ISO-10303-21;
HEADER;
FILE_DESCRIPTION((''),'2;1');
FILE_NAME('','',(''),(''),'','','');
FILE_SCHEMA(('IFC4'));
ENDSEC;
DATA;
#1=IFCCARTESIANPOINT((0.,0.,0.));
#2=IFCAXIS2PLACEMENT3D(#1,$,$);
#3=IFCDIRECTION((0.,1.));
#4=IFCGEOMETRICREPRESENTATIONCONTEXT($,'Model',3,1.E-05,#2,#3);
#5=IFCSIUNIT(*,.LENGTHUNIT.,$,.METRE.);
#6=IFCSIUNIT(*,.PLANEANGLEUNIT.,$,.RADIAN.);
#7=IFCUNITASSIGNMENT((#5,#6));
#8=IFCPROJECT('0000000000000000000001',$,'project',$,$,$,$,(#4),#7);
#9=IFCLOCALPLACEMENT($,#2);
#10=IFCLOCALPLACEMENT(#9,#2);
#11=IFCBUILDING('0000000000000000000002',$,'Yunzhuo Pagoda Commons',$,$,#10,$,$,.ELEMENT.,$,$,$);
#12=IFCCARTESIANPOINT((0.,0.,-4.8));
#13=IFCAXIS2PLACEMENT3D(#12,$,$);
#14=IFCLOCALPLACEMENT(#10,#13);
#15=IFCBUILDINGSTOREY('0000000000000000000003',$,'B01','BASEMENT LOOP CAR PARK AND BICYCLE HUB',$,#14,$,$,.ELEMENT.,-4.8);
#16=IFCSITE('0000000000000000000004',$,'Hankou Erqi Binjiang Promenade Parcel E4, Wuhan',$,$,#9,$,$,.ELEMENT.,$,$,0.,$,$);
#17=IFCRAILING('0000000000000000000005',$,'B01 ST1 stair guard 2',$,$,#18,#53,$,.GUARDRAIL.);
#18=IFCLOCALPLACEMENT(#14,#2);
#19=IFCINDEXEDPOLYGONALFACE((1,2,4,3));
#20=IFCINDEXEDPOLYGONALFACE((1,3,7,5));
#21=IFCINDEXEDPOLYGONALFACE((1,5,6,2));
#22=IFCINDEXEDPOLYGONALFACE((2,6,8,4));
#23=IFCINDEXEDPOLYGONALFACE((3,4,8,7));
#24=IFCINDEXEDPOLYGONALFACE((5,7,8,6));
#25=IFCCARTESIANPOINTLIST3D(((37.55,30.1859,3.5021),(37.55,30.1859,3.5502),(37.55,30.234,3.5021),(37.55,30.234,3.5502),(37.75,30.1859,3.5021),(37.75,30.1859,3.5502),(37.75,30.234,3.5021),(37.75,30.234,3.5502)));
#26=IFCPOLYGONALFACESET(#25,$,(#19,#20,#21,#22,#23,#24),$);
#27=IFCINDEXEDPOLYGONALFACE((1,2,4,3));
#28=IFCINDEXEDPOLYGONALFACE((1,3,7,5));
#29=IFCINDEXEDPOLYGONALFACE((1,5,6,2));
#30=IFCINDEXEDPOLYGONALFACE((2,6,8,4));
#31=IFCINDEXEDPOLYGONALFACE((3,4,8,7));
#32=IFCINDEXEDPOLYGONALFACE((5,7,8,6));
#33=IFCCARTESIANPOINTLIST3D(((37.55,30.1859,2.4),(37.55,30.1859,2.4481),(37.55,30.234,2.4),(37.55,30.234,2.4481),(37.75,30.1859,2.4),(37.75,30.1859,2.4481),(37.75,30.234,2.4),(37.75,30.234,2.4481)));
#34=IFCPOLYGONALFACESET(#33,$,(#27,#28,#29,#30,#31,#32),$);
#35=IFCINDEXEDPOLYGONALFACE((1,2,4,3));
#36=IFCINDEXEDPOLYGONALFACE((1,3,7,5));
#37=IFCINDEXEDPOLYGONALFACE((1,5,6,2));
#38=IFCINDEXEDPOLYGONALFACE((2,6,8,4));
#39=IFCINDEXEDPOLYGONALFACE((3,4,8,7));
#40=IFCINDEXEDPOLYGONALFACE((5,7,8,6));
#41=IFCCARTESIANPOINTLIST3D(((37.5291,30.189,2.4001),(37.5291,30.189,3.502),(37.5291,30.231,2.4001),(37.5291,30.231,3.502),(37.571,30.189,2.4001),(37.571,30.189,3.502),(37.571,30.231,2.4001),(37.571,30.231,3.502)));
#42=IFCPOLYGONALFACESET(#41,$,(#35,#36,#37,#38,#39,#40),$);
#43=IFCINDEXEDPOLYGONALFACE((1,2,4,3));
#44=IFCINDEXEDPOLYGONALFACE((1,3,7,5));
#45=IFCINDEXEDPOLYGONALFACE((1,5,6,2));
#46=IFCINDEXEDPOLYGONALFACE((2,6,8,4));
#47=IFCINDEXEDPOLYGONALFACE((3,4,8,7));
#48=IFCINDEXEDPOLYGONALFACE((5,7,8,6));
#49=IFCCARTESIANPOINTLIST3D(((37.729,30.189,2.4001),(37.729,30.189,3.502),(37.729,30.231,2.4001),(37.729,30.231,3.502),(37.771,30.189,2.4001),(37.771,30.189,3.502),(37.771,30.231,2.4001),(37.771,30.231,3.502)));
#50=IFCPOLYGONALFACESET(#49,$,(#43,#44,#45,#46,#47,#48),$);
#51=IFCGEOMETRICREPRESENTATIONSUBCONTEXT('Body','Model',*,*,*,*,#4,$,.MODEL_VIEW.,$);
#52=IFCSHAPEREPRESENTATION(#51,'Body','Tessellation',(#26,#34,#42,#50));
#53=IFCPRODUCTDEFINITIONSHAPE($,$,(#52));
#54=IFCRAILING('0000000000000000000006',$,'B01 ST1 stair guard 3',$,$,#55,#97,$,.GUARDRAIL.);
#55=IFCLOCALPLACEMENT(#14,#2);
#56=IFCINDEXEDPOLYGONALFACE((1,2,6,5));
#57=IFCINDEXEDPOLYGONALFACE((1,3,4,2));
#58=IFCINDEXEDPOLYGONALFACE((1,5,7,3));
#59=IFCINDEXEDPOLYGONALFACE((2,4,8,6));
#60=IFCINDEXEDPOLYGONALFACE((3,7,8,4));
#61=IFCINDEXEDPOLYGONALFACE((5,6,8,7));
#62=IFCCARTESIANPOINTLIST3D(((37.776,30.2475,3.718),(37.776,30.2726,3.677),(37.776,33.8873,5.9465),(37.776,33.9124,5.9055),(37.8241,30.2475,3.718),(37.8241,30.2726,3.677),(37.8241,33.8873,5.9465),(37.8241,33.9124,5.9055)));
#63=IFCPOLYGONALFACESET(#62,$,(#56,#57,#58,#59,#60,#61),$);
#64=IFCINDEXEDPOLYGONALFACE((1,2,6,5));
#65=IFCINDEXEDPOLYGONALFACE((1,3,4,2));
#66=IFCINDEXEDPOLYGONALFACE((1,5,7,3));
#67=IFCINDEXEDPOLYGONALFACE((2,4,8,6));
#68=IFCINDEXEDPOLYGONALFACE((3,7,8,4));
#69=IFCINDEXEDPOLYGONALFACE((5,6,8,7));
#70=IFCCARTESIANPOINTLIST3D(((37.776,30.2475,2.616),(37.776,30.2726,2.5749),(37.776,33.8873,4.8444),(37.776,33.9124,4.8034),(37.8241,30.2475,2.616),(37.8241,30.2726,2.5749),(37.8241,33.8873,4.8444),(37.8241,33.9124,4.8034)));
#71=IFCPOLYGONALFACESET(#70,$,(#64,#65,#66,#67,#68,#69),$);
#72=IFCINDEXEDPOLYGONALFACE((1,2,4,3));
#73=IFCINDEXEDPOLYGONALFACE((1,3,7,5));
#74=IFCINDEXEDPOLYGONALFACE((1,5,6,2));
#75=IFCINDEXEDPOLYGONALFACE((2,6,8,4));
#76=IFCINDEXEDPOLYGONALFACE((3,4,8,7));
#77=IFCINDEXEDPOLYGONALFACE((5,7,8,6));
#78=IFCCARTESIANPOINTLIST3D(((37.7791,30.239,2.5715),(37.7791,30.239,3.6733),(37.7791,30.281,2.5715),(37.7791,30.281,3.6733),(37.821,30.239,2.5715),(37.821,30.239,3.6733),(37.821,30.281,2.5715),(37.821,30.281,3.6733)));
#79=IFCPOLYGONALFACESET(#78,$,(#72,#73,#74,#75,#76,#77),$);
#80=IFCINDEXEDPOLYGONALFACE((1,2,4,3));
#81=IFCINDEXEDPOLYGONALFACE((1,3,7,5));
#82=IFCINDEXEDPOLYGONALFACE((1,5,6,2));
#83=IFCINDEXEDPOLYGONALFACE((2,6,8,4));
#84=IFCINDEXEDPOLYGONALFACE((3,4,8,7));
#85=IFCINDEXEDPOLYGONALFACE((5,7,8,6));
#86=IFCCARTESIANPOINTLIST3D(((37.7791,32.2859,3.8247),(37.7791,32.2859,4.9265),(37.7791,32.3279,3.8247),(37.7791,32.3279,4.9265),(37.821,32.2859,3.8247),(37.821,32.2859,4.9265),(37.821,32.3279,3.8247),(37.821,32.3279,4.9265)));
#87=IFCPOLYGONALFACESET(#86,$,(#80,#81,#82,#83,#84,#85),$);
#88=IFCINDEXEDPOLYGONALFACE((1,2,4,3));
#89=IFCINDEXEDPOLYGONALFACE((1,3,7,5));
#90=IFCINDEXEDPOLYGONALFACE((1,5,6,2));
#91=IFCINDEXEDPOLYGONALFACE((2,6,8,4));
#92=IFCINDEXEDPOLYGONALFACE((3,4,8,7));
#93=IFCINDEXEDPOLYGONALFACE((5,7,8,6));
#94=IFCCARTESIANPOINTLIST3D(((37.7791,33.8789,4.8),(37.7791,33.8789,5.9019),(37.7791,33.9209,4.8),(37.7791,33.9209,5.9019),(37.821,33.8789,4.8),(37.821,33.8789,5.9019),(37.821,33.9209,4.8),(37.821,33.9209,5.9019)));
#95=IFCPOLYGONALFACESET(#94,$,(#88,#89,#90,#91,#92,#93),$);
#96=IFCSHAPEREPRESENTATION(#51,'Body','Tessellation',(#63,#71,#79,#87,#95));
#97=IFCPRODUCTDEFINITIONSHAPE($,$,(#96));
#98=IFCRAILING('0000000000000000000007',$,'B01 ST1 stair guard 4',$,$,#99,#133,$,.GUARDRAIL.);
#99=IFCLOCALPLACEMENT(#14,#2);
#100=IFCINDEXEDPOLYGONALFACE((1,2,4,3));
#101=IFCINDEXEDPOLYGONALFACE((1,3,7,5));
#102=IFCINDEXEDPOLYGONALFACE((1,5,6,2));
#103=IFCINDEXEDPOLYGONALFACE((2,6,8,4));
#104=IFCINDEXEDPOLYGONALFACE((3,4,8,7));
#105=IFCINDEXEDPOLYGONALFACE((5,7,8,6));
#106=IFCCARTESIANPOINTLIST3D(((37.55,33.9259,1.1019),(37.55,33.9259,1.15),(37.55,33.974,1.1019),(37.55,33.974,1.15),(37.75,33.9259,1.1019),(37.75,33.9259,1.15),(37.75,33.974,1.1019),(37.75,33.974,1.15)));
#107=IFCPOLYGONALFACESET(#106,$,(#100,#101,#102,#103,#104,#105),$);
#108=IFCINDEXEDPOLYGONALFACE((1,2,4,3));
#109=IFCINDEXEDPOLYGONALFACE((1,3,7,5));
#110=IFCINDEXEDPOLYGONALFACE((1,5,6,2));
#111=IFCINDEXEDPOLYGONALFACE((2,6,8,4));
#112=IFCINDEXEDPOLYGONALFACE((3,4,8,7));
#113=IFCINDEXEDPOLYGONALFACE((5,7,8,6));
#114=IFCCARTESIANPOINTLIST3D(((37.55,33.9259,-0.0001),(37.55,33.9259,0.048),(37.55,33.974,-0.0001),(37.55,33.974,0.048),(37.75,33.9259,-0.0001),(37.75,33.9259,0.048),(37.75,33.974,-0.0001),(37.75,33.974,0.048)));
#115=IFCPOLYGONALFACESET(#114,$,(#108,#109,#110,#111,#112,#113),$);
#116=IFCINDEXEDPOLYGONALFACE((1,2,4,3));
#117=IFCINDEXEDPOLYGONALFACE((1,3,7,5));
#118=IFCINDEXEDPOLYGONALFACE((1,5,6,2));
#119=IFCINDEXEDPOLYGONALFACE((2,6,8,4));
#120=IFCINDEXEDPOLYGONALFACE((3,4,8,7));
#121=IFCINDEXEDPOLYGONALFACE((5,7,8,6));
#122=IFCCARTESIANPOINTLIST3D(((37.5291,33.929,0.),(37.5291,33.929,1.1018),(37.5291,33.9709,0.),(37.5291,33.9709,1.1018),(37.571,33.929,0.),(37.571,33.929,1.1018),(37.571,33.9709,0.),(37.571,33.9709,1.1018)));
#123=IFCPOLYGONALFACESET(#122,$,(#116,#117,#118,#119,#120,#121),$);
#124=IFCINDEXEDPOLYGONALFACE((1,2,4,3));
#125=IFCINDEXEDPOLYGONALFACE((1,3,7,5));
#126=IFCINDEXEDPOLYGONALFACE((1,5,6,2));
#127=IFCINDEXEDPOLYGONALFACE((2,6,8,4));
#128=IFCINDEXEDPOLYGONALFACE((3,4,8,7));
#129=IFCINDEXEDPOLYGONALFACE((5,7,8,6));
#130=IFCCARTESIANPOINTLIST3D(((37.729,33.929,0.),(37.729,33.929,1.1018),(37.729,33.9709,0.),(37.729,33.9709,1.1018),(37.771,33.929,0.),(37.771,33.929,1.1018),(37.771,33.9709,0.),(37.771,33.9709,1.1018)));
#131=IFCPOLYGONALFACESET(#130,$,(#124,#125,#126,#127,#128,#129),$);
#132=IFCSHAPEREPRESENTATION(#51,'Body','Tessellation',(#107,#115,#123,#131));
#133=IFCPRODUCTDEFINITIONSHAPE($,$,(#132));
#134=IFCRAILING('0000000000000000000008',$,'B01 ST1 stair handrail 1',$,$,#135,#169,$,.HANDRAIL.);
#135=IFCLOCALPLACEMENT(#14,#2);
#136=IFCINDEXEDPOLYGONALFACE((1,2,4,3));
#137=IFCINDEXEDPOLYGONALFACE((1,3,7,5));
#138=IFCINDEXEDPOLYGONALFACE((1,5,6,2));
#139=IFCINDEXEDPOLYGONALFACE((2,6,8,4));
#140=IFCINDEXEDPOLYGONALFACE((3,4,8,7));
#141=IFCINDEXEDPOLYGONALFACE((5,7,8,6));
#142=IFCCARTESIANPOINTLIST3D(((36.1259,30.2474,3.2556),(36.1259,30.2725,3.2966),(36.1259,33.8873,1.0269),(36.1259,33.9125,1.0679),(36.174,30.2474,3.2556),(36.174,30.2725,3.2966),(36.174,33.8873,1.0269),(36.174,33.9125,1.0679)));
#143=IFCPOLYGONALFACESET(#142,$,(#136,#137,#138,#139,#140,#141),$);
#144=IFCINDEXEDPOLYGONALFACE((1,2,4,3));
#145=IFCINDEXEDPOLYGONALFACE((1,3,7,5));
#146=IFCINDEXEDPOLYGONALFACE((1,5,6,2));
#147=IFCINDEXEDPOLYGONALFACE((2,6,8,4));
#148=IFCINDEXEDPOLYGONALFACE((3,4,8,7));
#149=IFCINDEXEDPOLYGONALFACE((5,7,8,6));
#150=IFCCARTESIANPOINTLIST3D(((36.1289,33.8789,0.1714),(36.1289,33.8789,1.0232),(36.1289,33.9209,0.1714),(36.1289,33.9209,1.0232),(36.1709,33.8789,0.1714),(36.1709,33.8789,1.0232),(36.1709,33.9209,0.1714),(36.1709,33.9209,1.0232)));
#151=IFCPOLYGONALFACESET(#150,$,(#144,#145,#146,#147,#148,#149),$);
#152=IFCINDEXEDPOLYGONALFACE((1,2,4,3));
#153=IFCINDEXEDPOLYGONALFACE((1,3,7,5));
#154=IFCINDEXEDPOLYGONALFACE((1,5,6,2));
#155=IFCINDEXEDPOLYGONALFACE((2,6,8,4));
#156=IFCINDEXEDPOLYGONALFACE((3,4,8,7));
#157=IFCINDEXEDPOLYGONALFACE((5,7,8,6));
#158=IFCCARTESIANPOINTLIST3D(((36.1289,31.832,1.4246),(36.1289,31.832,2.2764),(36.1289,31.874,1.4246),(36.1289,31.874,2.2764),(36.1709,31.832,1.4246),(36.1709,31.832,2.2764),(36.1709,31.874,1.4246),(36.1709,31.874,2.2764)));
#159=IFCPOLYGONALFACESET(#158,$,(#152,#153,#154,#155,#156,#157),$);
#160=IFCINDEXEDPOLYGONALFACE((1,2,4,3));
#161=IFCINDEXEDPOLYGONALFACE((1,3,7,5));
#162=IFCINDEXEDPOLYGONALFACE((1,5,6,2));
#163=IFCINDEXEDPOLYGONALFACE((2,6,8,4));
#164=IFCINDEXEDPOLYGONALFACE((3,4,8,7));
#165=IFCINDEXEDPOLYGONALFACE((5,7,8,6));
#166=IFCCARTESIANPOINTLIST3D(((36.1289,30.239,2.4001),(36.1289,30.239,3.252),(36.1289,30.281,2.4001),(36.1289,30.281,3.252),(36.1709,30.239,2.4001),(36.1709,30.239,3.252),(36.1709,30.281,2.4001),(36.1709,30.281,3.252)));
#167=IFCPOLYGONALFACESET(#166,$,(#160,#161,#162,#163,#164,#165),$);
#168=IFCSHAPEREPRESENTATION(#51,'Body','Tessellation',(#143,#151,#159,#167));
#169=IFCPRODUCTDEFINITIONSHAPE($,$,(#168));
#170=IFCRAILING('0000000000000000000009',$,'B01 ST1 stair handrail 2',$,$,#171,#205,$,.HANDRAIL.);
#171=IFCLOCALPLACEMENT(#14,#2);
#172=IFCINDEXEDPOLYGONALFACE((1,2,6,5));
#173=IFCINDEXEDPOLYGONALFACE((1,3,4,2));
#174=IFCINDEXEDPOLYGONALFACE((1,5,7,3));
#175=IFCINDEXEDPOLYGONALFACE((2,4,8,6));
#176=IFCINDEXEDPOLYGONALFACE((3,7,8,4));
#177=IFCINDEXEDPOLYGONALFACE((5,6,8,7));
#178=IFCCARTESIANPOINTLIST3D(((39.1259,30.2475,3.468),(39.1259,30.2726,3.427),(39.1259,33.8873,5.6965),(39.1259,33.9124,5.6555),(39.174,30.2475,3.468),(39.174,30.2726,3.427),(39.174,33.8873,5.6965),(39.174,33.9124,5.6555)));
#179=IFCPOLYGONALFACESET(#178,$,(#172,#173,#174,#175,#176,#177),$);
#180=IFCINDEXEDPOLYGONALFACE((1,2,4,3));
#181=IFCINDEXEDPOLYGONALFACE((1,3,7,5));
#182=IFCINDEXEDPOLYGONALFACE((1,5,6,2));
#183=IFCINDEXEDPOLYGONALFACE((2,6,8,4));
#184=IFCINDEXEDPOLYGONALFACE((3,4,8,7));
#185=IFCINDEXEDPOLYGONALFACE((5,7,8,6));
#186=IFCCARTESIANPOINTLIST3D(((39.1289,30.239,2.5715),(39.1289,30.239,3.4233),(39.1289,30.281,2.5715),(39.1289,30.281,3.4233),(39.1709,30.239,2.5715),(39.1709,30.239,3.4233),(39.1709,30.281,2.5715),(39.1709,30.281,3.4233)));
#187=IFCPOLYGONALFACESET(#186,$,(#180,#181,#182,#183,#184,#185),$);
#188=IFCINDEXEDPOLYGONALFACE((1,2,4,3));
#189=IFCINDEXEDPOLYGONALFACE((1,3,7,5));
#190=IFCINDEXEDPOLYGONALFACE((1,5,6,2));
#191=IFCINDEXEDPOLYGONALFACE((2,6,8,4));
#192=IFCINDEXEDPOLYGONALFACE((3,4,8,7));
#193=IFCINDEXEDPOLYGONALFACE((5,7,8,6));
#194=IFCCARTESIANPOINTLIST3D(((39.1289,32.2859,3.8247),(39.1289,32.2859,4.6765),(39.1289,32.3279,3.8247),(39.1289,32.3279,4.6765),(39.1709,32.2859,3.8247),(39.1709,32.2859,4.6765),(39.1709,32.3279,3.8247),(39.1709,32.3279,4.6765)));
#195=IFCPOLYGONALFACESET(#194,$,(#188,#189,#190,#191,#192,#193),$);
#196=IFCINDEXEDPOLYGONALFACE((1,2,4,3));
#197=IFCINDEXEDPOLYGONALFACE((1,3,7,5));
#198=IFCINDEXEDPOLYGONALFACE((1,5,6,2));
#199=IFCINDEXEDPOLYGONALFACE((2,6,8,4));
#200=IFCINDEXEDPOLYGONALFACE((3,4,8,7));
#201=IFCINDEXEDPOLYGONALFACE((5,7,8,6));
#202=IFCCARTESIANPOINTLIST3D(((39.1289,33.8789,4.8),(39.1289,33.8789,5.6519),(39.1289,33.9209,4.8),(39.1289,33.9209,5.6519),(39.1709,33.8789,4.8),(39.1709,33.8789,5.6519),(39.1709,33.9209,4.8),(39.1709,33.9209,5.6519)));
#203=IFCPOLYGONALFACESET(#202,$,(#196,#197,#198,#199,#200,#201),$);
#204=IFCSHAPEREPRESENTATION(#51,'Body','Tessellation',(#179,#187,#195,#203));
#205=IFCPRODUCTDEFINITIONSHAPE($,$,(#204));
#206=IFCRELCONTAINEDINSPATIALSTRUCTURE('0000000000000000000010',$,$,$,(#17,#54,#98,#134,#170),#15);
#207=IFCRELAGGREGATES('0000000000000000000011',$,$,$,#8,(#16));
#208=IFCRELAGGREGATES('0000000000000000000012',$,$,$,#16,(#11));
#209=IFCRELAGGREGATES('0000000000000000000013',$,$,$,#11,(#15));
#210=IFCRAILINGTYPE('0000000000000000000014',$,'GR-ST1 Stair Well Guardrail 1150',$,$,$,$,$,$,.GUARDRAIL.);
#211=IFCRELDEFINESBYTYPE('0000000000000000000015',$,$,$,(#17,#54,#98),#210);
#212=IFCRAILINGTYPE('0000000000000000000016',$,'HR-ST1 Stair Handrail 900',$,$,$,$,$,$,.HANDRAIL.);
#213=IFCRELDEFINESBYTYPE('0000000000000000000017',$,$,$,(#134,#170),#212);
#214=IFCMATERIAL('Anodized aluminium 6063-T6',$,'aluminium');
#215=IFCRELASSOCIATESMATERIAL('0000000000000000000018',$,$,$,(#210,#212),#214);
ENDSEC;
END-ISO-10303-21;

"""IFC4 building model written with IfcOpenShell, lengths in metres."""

from ifc_helpers import new_model, si_unit, direction, frame, origin, origin_2d, place, context, subcontext, project, spatial, rectangle, extrude, material, type_object, element, save


model = new_model("IFC4")

# Units and contexts
model_context = context("Model", 3, precision=1e-05, world=origin(), true_north=direction((0.0, 1.0)))
body_context = subcontext(model_context, "Body", "Model", "MODEL_VIEW")
ifc_project = project(units=[si_unit("LENGTHUNIT", "METRE"), si_unit("PLANEANGLEUNIT", "RADIAN")], contexts=[model_context])

# Site, building, storey
site_placement = place(None, origin())
site = spatial("IfcSite", under=ifc_project, at=site_placement, Name="Hankou Erqi Binjiang Promenade Parcel E4, Wuhan", CompositionType="ELEMENT", RefElevation=0.0)
building_placement = place(site_placement, origin())
building = spatial("IfcBuilding", under=site, at=building_placement, Name="Yunzhuo Pagoda Commons", CompositionType="ELEMENT")
storey_placement = place(building_placement, frame((0.0, 0.0, -4.8)))
storey = spatial("IfcBuildingStorey", under=building, at=storey_placement, Name="B01", Description="BASEMENT LOOP CAR PARK AND BICYCLE HUB", CompositionType="ELEMENT", Elevation=-4.8)

# Railings
ifc_material_1 = material(Name="Anodized aluminium 6063-T6", Category="aluminium")
railing_type_1 = type_object("IfcRailingType", Name="GR-ST1 Stair Well Guardrail 1150", PredefinedType="GUARDRAIL", material=ifc_material_1)
railing_1_placement = place(storey_placement, frame((37.55, 30.21, 2.4001)))
element("IfcRailing", 1, at=railing_1_placement, inside=storey, type_object=railing_type_1, Name="B01 ST1 stair guard 2", PredefinedType="GUARDRAIL", context=body_context, shape_type="SweptSolid", body=[
    extrude(rectangle(XDim=0.0481, YDim=0.0481, at=origin_2d()), frame((0.0, 0.0, 1.126), z_axis=(1.0, 0.0, 0.0), x_axis=(0.0, 1.0, 0.0)), (0.0, 0.0, 1.0), 0.2),
    extrude(rectangle(XDim=0.0481, YDim=0.0481, at=origin_2d()), frame((0.0, 0.0, 0.0239), z_axis=(1.0, 0.0, 0.0), x_axis=(0.0, 1.0, 0.0)), (0.0, 0.0, 1.0), 0.2),
    extrude(rectangle(XDim=0.042, YDim=0.042, at=origin_2d()), origin(), (0.0, 0.0, 1.0), 1.1018),
    extrude(rectangle(XDim=0.042, YDim=0.042, at=origin_2d()), frame((0.2, 0.0, 0.0)), (0.0, 0.0, 1.0), 1.1018),
])
railing_2_placement = place(storey_placement, frame((37.8, 30.26, 2.5715)))
element("IfcRailing", 2, at=railing_2_placement, inside=storey, type_object=railing_type_1, Name="B01 ST1 stair guard 3", PredefinedType="GUARDRAIL", context=body_context, shape_type="SweptSolid", body=[
    extrude(rectangle(XDim=0.0481, YDim=0.0481, at=origin_2d()), frame((0.0, 0.0, 1.126), z_axis=(0.0, 0.85285, 0.522156), x_axis=(-1.0, 0.0, 0.0)), (0.0, 0.0, 1.0), 4.2678),
    extrude(rectangle(XDim=0.0481, YDim=0.0481, at=origin_2d()), frame((0.0, 0.0, 0.0239), z_axis=(0.0, 0.85285, 0.522156), x_axis=(-1.0, 0.0, 0.0)), (0.0, 0.0, 1.0), 4.2678),
    extrude(rectangle(XDim=0.042, YDim=0.042, at=origin_2d()), origin(), (0.0, 0.0, 1.0), 1.1018),
    extrude(rectangle(XDim=0.042, YDim=0.042, at=origin_2d()), frame((0.0, 2.0469, 1.2532)), (0.0, 0.0, 1.0), 1.1018),
    extrude(rectangle(XDim=0.042, YDim=0.042, at=origin_2d()), frame((0.0, 3.6399, 2.2285)), (0.0, 0.0, 1.0), 1.1018),
])
railing_3_placement = place(storey_placement, frame((37.55, 33.95, 0.0)))
element("IfcRailing", 3, at=railing_3_placement, inside=storey, type_object=railing_type_1, Name="B01 ST1 stair guard 4", PredefinedType="GUARDRAIL", context=body_context, shape_type="SweptSolid", body=[
    extrude(rectangle(XDim=0.0481, YDim=0.0481, at=origin_2d()), frame((0.0, 0.0, 1.126), z_axis=(1.0, 0.0, 0.0), x_axis=(0.0, 1.0, 0.0)), (0.0, 0.0, 1.0), 0.2),
    extrude(rectangle(XDim=0.0481, YDim=0.0481, at=origin_2d()), frame((0.0, 0.0, 0.0239), z_axis=(1.0, 0.0, 0.0), x_axis=(0.0, 1.0, 0.0)), (0.0, 0.0, 1.0), 0.2),
    extrude(rectangle(XDim=0.042, YDim=0.042, at=origin_2d()), origin(), (0.0, 0.0, 1.0), 1.1018),
    extrude(rectangle(XDim=0.042, YDim=0.042, at=origin_2d()), frame((0.2, 0.0, 0.0)), (0.0, 0.0, 1.0), 1.1018),
])
railing_type_2 = type_object("IfcRailingType", Name="HR-ST1 Stair Handrail 900", PredefinedType="HANDRAIL", material=ifc_material_1)
railing_4_placement = place(storey_placement, frame((36.1499, 33.8999, 0.1714)))
element("IfcRailing", 4, at=railing_4_placement, inside=storey, type_object=railing_type_2, Name="B01 ST1 stair handrail 1", PredefinedType="HANDRAIL", context=body_context, shape_type="SweptSolid", body=[
    extrude(rectangle(XDim=0.0481, YDim=0.0481, at=origin_2d()), frame((0.0, 0.0, 0.876), z_axis=(0.0, -0.852825, 0.522197), x_axis=(1.0, 0.0, 0.0)), (0.0, 0.0, 1.0), 4.2681),
    extrude(rectangle(XDim=0.042, YDim=0.042, at=origin_2d()), origin(), (0.0, 0.0, 1.0), 0.8518),
    extrude(rectangle(XDim=0.042, YDim=0.042, at=origin_2d()), frame((0.0, -2.0469, 1.2532)), (0.0, 0.0, 1.0), 0.8518),
    extrude(rectangle(XDim=0.042, YDim=0.042, at=origin_2d()), frame((0.0, -3.6399, 2.2288)), (0.0, 0.0, 1.0), 0.8518),
])
railing_5_placement = place(storey_placement, frame((39.1499, 30.26, 2.5715)))
element("IfcRailing", 5, at=railing_5_placement, inside=storey, type_object=railing_type_2, Name="B01 ST1 stair handrail 2", PredefinedType="HANDRAIL", context=body_context, shape_type="SweptSolid", body=[
    extrude(rectangle(XDim=0.0481, YDim=0.0481, at=origin_2d()), frame((0.0, 0.0, 0.876), z_axis=(0.0, 0.85285, 0.522156), x_axis=(-1.0, 0.0, 0.0)), (0.0, 0.0, 1.0), 4.2678),
    extrude(rectangle(XDim=0.042, YDim=0.042, at=origin_2d()), origin(), (0.0, 0.0, 1.0), 0.8518),
    extrude(rectangle(XDim=0.042, YDim=0.042, at=origin_2d()), frame((0.0, 2.0469, 1.2532)), (0.0, 0.0, 1.0), 0.8518),
    extrude(rectangle(XDim=0.042, YDim=0.042, at=origin_2d()), frame((0.0, 3.6399, 2.2285)), (0.0, 0.0, 1.0), 0.8518),
])

save(model, "model.ifc")
